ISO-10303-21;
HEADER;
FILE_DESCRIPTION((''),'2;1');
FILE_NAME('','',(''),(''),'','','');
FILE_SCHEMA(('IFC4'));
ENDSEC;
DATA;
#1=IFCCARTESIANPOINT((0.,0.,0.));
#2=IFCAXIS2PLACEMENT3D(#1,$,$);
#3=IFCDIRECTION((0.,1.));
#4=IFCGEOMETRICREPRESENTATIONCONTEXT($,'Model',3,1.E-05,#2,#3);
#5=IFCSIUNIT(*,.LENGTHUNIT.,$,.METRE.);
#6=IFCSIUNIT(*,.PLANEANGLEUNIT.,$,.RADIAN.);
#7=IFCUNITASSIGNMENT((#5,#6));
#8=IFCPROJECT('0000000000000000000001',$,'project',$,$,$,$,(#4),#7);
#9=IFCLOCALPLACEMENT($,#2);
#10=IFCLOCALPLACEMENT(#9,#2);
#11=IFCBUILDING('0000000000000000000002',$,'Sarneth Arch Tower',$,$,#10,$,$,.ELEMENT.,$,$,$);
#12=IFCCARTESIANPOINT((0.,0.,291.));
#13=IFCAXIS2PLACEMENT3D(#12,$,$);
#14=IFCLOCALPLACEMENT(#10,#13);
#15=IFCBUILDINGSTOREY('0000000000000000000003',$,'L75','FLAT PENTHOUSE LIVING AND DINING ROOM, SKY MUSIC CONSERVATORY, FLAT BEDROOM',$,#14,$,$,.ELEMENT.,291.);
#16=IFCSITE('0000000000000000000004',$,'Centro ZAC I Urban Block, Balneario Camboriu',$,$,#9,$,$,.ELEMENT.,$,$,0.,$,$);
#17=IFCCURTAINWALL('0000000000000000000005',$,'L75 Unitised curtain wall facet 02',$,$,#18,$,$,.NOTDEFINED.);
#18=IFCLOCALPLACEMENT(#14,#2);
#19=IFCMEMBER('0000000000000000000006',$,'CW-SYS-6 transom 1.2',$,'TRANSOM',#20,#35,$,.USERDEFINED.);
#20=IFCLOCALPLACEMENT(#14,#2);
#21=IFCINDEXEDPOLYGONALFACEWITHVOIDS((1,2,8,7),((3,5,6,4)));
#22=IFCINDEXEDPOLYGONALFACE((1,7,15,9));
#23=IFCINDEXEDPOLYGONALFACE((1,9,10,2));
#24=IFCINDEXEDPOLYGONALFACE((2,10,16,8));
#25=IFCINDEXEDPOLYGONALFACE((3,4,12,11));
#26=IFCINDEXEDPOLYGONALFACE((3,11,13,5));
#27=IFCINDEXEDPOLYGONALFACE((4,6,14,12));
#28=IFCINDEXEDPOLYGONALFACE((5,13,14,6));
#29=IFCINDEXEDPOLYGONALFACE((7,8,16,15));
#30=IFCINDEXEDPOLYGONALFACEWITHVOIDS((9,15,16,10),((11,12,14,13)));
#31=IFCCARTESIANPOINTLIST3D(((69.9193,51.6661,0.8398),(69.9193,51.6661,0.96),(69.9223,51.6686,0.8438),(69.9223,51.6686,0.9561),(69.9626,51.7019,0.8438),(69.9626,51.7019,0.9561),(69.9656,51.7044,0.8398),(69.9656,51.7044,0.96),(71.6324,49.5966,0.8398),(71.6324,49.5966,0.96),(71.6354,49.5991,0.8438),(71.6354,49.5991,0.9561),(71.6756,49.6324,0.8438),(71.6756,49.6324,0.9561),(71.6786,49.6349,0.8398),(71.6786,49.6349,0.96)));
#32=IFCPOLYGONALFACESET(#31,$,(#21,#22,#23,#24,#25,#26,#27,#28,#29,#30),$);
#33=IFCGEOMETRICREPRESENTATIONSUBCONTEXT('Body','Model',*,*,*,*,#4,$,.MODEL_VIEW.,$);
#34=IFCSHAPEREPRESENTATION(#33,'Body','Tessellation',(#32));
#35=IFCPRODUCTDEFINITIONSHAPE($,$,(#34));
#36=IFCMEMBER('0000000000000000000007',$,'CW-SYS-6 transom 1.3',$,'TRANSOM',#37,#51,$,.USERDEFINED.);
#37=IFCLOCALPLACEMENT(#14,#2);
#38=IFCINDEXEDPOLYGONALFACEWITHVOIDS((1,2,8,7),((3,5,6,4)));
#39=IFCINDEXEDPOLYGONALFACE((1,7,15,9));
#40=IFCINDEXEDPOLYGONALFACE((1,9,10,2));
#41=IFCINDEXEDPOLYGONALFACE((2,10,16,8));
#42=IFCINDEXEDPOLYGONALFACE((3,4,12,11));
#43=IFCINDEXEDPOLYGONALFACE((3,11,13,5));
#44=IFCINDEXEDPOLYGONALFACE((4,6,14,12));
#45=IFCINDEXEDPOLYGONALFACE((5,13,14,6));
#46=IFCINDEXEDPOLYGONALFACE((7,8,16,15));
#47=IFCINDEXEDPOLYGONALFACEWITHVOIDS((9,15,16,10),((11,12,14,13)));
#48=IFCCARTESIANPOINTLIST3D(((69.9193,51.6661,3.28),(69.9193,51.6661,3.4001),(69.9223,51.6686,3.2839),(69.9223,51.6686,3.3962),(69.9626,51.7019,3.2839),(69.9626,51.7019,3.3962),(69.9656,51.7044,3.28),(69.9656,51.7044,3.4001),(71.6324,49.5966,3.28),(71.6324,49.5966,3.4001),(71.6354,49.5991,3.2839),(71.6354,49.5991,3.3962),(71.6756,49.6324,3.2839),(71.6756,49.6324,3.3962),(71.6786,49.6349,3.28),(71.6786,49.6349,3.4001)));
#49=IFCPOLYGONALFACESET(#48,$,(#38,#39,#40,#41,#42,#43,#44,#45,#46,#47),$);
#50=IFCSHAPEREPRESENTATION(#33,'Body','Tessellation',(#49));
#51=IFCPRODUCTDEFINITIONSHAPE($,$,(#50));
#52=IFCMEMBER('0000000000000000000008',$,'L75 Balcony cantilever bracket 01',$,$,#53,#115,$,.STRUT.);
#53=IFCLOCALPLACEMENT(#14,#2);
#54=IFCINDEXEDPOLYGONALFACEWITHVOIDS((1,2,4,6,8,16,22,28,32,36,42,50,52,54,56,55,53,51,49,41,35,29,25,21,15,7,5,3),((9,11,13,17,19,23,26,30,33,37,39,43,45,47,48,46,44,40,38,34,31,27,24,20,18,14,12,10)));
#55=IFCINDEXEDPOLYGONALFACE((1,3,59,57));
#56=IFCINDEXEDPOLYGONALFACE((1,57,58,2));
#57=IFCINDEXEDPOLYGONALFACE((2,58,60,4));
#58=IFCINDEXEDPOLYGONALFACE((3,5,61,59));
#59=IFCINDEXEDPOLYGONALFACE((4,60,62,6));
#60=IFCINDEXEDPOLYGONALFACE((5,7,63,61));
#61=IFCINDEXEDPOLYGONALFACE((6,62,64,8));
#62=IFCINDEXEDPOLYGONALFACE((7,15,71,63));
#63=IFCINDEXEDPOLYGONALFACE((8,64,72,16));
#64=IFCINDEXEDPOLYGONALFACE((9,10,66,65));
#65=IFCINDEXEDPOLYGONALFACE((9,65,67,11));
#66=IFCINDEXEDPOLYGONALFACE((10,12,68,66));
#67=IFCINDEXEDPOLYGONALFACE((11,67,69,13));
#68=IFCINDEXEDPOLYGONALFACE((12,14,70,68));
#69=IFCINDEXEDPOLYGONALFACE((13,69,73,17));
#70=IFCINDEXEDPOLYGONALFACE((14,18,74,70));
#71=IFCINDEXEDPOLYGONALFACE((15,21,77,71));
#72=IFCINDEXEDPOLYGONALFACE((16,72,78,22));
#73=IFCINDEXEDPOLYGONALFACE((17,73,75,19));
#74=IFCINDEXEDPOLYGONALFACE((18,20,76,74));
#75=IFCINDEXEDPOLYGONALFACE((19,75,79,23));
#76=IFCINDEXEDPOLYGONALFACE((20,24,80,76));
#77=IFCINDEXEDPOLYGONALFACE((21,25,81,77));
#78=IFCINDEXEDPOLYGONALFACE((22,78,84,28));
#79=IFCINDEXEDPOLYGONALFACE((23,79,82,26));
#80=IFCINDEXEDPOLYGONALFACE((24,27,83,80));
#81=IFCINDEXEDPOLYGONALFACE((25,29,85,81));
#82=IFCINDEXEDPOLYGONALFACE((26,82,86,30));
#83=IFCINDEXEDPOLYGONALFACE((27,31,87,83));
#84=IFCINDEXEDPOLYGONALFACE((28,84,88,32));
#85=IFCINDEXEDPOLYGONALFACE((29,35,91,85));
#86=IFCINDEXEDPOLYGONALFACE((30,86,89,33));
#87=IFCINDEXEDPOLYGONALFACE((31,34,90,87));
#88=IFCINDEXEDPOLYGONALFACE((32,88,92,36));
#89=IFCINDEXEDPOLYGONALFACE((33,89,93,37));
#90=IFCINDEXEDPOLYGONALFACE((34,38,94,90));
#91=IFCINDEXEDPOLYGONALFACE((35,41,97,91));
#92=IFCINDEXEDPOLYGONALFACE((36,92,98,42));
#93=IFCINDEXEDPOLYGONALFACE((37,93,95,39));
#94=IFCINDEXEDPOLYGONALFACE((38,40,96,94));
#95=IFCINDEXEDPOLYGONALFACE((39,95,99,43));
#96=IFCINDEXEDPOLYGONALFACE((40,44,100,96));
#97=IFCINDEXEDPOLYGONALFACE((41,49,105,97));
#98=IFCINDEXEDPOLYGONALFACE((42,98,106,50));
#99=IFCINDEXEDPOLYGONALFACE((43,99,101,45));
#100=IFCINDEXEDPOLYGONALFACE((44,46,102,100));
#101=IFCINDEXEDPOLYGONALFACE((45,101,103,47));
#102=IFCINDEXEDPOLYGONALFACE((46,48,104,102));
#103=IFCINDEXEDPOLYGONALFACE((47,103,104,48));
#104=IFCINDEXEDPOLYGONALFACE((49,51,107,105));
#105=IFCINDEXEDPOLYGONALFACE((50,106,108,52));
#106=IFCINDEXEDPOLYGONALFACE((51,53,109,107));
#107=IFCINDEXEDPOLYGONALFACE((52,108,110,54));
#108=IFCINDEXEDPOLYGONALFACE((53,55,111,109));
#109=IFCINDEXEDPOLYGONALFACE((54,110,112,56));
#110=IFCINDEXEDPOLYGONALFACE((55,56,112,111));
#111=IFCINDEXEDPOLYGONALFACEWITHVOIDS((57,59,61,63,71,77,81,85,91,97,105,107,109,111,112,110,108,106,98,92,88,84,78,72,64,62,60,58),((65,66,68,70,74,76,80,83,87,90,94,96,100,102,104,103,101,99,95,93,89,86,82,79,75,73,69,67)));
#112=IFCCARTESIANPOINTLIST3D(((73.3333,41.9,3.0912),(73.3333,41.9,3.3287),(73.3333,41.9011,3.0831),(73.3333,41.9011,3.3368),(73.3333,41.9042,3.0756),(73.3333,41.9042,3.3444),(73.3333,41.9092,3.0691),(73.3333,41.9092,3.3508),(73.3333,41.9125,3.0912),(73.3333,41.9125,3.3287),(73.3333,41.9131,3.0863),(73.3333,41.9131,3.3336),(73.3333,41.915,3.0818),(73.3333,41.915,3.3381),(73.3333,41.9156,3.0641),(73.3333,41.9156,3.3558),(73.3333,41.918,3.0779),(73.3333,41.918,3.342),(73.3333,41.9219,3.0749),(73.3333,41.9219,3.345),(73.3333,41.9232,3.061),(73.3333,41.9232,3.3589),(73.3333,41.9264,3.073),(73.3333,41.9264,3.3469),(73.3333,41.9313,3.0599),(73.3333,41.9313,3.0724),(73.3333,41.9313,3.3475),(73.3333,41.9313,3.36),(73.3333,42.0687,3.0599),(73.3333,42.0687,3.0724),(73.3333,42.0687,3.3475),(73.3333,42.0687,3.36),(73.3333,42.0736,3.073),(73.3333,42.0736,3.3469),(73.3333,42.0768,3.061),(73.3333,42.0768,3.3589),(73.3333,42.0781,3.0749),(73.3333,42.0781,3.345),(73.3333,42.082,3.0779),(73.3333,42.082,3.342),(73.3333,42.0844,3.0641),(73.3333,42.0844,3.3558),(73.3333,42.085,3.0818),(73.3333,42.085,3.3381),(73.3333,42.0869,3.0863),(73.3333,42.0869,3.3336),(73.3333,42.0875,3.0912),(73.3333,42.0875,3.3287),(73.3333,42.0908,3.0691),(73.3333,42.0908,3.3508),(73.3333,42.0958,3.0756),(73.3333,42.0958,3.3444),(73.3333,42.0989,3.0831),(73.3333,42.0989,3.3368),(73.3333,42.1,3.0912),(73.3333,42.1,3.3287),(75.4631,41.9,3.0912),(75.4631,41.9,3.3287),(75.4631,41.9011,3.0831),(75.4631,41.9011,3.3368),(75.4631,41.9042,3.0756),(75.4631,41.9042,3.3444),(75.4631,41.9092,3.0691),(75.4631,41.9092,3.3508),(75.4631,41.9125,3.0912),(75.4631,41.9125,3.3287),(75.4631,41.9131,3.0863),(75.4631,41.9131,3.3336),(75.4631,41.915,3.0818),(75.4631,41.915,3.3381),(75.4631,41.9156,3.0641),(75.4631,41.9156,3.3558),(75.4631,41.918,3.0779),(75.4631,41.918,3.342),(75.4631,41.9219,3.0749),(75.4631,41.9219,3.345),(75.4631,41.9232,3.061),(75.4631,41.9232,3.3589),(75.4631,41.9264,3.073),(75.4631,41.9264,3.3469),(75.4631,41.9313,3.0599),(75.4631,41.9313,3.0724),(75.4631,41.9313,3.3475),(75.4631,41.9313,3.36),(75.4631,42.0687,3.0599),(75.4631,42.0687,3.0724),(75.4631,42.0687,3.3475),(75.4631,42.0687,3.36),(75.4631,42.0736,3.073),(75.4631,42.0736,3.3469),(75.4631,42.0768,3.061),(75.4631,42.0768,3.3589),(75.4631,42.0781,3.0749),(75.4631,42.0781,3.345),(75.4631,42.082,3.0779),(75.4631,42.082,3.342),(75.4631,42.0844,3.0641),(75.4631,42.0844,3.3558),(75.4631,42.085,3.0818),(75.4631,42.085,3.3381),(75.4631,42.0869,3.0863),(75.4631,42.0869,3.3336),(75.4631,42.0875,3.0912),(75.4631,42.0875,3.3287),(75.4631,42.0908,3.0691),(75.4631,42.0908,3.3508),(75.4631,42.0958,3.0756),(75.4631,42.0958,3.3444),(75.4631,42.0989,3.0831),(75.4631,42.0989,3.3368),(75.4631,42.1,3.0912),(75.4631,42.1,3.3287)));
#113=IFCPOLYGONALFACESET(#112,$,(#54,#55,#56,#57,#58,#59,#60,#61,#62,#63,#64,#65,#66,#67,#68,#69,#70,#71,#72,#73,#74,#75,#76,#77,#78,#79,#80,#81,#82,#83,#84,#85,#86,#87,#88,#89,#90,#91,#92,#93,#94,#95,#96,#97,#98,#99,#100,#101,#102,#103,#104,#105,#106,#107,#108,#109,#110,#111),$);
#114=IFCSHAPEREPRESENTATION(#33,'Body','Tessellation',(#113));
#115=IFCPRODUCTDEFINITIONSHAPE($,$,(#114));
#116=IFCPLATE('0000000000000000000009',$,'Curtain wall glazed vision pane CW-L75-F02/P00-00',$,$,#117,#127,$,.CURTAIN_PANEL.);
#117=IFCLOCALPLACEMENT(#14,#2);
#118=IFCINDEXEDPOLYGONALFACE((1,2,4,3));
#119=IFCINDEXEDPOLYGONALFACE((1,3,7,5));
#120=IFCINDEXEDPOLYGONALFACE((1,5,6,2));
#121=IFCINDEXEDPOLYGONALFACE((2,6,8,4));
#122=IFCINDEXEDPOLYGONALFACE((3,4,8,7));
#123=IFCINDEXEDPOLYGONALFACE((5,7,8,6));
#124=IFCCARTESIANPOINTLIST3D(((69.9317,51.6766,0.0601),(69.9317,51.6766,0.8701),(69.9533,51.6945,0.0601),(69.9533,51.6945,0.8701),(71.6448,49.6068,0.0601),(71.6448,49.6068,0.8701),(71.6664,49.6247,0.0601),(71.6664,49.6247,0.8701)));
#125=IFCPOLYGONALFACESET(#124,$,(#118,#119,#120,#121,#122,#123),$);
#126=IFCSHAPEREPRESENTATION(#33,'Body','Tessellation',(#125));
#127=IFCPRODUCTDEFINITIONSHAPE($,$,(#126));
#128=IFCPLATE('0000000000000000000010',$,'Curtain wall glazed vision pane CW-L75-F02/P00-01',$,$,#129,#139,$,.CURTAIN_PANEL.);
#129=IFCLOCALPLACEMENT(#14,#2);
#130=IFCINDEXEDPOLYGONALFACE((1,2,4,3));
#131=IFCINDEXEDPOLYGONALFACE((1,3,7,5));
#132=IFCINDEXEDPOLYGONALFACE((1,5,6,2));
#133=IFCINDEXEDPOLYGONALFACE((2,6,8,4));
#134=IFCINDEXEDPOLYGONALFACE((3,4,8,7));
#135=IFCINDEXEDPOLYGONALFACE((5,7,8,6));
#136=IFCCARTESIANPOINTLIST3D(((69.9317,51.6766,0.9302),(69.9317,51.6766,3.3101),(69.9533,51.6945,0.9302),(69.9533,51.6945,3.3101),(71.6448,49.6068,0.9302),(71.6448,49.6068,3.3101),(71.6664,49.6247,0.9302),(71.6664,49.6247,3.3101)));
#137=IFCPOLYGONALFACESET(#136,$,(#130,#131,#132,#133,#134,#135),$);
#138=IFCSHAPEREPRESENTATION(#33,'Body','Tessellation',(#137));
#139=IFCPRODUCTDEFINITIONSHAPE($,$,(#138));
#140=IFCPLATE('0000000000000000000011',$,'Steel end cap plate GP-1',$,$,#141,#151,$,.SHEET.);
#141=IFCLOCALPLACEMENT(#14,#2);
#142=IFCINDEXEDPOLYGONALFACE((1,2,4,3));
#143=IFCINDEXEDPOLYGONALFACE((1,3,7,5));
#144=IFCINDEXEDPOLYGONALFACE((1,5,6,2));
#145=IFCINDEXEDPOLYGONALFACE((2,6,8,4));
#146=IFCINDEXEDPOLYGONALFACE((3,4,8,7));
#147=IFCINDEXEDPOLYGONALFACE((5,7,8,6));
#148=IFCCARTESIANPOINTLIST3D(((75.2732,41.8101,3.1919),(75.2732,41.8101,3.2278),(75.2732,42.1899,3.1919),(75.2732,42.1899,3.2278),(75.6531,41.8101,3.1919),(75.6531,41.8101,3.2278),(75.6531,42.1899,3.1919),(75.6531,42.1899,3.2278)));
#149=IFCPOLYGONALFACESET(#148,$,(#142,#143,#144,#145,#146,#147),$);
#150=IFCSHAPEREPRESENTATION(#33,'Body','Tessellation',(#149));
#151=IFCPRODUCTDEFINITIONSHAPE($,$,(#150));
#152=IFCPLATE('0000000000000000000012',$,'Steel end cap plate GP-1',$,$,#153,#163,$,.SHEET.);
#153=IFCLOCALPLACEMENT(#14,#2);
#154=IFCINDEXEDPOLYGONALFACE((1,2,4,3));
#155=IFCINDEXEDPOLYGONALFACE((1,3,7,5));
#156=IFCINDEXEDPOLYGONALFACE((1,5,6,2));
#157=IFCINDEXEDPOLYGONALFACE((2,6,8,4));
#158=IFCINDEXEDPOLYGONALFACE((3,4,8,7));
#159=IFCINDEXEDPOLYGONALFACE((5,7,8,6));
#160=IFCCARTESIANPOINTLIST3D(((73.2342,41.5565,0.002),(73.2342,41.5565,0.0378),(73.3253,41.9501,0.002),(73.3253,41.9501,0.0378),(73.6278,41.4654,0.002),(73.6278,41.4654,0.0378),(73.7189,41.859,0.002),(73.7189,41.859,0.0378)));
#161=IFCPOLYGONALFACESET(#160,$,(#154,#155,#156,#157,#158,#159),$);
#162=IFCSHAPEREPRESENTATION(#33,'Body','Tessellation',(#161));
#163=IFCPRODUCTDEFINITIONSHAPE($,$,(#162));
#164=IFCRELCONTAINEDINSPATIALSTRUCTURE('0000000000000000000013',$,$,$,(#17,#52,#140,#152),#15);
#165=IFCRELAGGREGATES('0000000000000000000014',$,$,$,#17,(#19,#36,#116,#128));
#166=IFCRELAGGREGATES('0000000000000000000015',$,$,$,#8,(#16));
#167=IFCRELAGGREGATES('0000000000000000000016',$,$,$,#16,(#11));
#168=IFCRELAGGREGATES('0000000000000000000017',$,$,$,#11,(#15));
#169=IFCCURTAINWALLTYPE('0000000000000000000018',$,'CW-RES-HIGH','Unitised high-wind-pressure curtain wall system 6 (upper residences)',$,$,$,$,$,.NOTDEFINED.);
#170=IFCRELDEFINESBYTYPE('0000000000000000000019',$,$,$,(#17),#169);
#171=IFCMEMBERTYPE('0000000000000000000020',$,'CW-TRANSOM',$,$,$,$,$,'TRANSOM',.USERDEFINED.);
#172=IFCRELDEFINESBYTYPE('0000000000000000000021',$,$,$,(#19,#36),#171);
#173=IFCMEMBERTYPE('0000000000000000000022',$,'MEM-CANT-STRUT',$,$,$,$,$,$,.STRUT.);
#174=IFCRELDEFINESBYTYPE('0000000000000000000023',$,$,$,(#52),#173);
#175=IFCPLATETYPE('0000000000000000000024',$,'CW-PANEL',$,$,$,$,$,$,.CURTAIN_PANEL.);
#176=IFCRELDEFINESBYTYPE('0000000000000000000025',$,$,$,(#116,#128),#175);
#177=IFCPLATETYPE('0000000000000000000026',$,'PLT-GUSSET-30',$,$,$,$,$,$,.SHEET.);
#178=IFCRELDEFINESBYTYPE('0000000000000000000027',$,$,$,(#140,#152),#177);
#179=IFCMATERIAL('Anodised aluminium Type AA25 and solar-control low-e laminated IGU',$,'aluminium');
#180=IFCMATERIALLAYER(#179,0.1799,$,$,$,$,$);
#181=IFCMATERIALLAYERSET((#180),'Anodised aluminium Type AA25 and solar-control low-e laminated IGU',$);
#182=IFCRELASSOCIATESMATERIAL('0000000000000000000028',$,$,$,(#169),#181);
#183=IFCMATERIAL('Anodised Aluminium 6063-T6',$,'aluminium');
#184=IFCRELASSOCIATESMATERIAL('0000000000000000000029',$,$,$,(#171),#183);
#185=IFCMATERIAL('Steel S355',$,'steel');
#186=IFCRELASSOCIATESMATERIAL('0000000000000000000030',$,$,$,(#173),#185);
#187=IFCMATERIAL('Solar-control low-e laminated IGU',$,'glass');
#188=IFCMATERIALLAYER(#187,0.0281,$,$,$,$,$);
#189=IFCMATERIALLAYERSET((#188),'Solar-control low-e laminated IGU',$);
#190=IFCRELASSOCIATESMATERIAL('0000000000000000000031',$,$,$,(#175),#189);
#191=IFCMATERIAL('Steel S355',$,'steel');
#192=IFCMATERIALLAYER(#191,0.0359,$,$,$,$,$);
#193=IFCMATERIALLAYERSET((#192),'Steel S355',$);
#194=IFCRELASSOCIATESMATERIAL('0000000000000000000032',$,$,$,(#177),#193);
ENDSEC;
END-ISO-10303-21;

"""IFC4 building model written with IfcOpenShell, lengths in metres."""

from ifc_helpers import new_model, si_unit, direction, frame, origin, origin_2d, place, context, subcontext, project, spatial, rectangle, hollow_rectangle, extrude, material, layer, layer_set, material_profile, profile_set, type_object, element, aggregate, save


model = new_model("IFC4")

# Units and contexts
model_context = context("Model", 3, precision=1e-05, world=origin(), true_north=direction((0.0, 1.0)))
body_context = subcontext(model_context, "Body", "Model", "MODEL_VIEW")
ifc_project = project(units=[si_unit("LENGTHUNIT", "METRE"), si_unit("PLANEANGLEUNIT", "RADIAN")], contexts=[model_context])

# Site, building, storey
site_placement = place(None, origin())
site = spatial("IfcSite", under=ifc_project, at=site_placement, Name="Centro ZAC I Urban Block, Balneario Camboriu", CompositionType="ELEMENT", RefElevation=0.0)
building_placement = place(site_placement, origin())
building = spatial("IfcBuilding", under=site, at=building_placement, Name="Sarneth Arch Tower", CompositionType="ELEMENT")
storey_placement = place(building_placement, frame((0.0, 0.0, 291.0)))
storey = spatial("IfcBuildingStorey", under=building, at=storey_placement, Name="L75", Description="FLAT PENTHOUSE LIVING AND DINING ROOM, SKY MUSIC CONSERVATORY, FLAT BEDROOM", CompositionType="ELEMENT", Elevation=291.0)

# Curtain wall, members
ifc_material_1 = material(Name="Anodised aluminium Type AA25 and solar-control low-e laminated IGU", Category="aluminium")
ifc_layer_1 = layer(ifc_material_1, 0.1799)
ifc_layer_set_1 = layer_set([ifc_layer_1], Name="Anodised aluminium Type AA25 and solar-control low-e laminated IGU")
curtain_wall_type = type_object("IfcCurtainWallType", Name="CW-RES-HIGH", Description="Unitised high-wind-pressure curtain wall system 6 (upper residences)", PredefinedType="NOTDEFINED", material=ifc_layer_set_1)
curtain_wall_placement = place(storey_placement, origin())
curtain_wall = element("IfcCurtainWall", 1, at=curtain_wall_placement, inside=storey, type_object=curtain_wall_type, Name="L75 Unitised curtain wall facet 02", PredefinedType="NOTDEFINED")
ifc_material_2 = material(Name="Anodised Aluminium 6063-T6", Category="aluminium")
ifc_material_profile_1 = material_profile(ifc_material_2, hollow_rectangle(XDim=0.0601, YDim=0.1201, WallThickness=0.0039, at=origin_2d()), Name="AL-TRAN-120x60x4")
ifc_profile_set_1 = profile_set([ifc_material_profile_1], Name="Anodised Aluminium 6063-T6")
member_type_1 = type_object("IfcMemberType", Name="CW-TRANSOM", ElementType="TRANSOM", PredefinedType="USERDEFINED", material=ifc_profile_set_1)
member_1_placement = place(storey_placement, frame((71.6555, 49.6157, 0.8999), z_axis=(-0.637651, 0.770325, 0.0), x_axis=(-0.770325, -0.637651, 0.0)))
member_1 = element("IfcMember", 2, at=member_1_placement, type_object=member_type_1, Name="CW-SYS-6 transom 1.2", ObjectType="TRANSOM", PredefinedType="USERDEFINED", context=body_context, shape_type="SweptSolid", body=[
    extrude(hollow_rectangle(XDim=0.0601, YDim=0.1201, WallThickness=0.0039, at=origin_2d()), origin(), (0.0, 0.0, 1.0), 2.6865),
])
member_2_placement = place(storey_placement, frame((71.6555, 49.6157, 3.3401), z_axis=(-0.637651, 0.770325, 0.0), x_axis=(-0.770325, -0.637651, 0.0)))
member_2 = element("IfcMember", 3, at=member_2_placement, type_object=member_type_1, Name="CW-SYS-6 transom 1.3", ObjectType="TRANSOM", PredefinedType="USERDEFINED", context=body_context, shape_type="SweptSolid", body=[
    extrude(hollow_rectangle(XDim=0.0601, YDim=0.1201, WallThickness=0.0039, at=origin_2d()), origin(), (0.0, 0.0, 1.0), 2.6865),
])

# Member
ifc_material_3 = material(Name="Steel S355", Category="steel")
ifc_material_profile_2 = material_profile(ifc_material_3, hollow_rectangle(XDim=0.2, YDim=0.3, WallThickness=0.0125, InnerFilletRadius=0.0188, OuterFilletRadius=0.0312, at=origin_2d()), Name="RHS300x200x12.5")
ifc_profile_set_2 = profile_set([ifc_material_profile_2], Name="Steel S355")
member_type_2 = type_object("IfcMemberType", Name="MEM-CANT-STRUT", PredefinedType="STRUT", material=ifc_profile_set_2)
member_3_placement = place(storey_placement, frame((73.3333, 42.0, 3.21), z_axis=(1.0, 0.0, 0.0), x_axis=(0.0, 1.0, 0.0)))
element("IfcMember", 4, at=member_3_placement, inside=storey, type_object=member_type_2, Name="L75 Balcony cantilever bracket 01", PredefinedType="STRUT", context=body_context, shape_type="SweptSolid", body=[
    extrude(hollow_rectangle(XDim=0.2, YDim=0.3, WallThickness=0.0125, InnerFilletRadius=0.0188, OuterFilletRadius=0.0312, at=origin_2d()), origin(), (0.0, 0.0, 1.0), 2.1299),
])

# Plates
ifc_material_4 = material(Name="Solar-control low-e laminated IGU", Category="glass")
ifc_layer_2 = layer(ifc_material_4, 0.0281)
ifc_layer_set_2 = layer_set([ifc_layer_2], Name="Solar-control low-e laminated IGU")
plate_type_1 = type_object("IfcPlateType", Name="CW-PANEL", PredefinedType="CURTAIN_PANEL", material=ifc_layer_set_2)
plate_1_placement = place(storey_placement, frame((70.7991, 50.6506, 0.0601), z_axis=(0.0, 0.0, 1.0), x_axis=(-0.63761, 0.770359, 0.0)))
plate_1 = element("IfcPlate", 5, at=plate_1_placement, type_object=plate_type_1, Name="Curtain wall glazed vision pane CW-L75-F02/P00-00", PredefinedType="CURTAIN_PANEL", context=body_context, shape_type="SweptSolid", body=[
    extrude(rectangle(XDim=2.6868, YDim=0.0281, at=origin_2d()), origin(), (0.0, 0.0, 1.0), 0.8101),
])
plate_2_placement = place(storey_placement, frame((70.7991, 50.6506, 0.9302), z_axis=(0.0, 0.0, 1.0), x_axis=(-0.63761, 0.770359, 0.0)))
plate_2 = element("IfcPlate", 6, at=plate_2_placement, type_object=plate_type_1, Name="Curtain wall glazed vision pane CW-L75-F02/P00-01", PredefinedType="CURTAIN_PANEL", context=body_context, shape_type="SweptSolid", body=[
    extrude(rectangle(XDim=2.6868, YDim=0.0281, at=origin_2d()), origin(), (0.0, 0.0, 1.0), 2.3799),
])
aggregate(curtain_wall, [member_1, member_2, plate_1, plate_2])

# Plates
ifc_material_5 = material(Name="Steel S355", Category="steel")
ifc_layer_3 = layer(ifc_material_5, 0.0359)
ifc_layer_set_3 = layer_set([ifc_layer_3], Name="Steel S355")
plate_type_2 = type_object("IfcPlateType", Name="PLT-GUSSET-30", PredefinedType="SHEET", material=ifc_layer_set_3)
plate_3_placement = place(storey_placement, frame((75.4631, 42.0, 3.1919), z_axis=(0.0, 0.0, 1.0), x_axis=(1.0, 0.0, 0.0)))
element("IfcPlate", 7, at=plate_3_placement, inside=storey, type_object=plate_type_2, Name="Steel end cap plate GP-1", PredefinedType="SHEET", context=body_context, shape_type="SweptSolid", body=[
    extrude(rectangle(XDim=0.3799, YDim=0.3799, at=origin_2d()), origin(), (0.0, 0.0, 1.0), 0.0359),
])
plate_4_placement = place(storey_placement, frame((73.4766, 41.7078, 0.002), z_axis=(0.0, 0.0, 1.0), x_axis=(0.225461, 0.974252, 0.0)))
element("IfcPlate", 8, at=plate_4_placement, inside=storey, type_object=plate_type_2, Name="Steel end cap plate GP-1", PredefinedType="SHEET", context=body_context, shape_type="SweptSolid", body=[
    extrude(rectangle(XDim=0.4041, YDim=0.4041, at=origin_2d()), origin(), (0.0, 0.0, 1.0), 0.0359),
])

save(model, "model.ifc")
